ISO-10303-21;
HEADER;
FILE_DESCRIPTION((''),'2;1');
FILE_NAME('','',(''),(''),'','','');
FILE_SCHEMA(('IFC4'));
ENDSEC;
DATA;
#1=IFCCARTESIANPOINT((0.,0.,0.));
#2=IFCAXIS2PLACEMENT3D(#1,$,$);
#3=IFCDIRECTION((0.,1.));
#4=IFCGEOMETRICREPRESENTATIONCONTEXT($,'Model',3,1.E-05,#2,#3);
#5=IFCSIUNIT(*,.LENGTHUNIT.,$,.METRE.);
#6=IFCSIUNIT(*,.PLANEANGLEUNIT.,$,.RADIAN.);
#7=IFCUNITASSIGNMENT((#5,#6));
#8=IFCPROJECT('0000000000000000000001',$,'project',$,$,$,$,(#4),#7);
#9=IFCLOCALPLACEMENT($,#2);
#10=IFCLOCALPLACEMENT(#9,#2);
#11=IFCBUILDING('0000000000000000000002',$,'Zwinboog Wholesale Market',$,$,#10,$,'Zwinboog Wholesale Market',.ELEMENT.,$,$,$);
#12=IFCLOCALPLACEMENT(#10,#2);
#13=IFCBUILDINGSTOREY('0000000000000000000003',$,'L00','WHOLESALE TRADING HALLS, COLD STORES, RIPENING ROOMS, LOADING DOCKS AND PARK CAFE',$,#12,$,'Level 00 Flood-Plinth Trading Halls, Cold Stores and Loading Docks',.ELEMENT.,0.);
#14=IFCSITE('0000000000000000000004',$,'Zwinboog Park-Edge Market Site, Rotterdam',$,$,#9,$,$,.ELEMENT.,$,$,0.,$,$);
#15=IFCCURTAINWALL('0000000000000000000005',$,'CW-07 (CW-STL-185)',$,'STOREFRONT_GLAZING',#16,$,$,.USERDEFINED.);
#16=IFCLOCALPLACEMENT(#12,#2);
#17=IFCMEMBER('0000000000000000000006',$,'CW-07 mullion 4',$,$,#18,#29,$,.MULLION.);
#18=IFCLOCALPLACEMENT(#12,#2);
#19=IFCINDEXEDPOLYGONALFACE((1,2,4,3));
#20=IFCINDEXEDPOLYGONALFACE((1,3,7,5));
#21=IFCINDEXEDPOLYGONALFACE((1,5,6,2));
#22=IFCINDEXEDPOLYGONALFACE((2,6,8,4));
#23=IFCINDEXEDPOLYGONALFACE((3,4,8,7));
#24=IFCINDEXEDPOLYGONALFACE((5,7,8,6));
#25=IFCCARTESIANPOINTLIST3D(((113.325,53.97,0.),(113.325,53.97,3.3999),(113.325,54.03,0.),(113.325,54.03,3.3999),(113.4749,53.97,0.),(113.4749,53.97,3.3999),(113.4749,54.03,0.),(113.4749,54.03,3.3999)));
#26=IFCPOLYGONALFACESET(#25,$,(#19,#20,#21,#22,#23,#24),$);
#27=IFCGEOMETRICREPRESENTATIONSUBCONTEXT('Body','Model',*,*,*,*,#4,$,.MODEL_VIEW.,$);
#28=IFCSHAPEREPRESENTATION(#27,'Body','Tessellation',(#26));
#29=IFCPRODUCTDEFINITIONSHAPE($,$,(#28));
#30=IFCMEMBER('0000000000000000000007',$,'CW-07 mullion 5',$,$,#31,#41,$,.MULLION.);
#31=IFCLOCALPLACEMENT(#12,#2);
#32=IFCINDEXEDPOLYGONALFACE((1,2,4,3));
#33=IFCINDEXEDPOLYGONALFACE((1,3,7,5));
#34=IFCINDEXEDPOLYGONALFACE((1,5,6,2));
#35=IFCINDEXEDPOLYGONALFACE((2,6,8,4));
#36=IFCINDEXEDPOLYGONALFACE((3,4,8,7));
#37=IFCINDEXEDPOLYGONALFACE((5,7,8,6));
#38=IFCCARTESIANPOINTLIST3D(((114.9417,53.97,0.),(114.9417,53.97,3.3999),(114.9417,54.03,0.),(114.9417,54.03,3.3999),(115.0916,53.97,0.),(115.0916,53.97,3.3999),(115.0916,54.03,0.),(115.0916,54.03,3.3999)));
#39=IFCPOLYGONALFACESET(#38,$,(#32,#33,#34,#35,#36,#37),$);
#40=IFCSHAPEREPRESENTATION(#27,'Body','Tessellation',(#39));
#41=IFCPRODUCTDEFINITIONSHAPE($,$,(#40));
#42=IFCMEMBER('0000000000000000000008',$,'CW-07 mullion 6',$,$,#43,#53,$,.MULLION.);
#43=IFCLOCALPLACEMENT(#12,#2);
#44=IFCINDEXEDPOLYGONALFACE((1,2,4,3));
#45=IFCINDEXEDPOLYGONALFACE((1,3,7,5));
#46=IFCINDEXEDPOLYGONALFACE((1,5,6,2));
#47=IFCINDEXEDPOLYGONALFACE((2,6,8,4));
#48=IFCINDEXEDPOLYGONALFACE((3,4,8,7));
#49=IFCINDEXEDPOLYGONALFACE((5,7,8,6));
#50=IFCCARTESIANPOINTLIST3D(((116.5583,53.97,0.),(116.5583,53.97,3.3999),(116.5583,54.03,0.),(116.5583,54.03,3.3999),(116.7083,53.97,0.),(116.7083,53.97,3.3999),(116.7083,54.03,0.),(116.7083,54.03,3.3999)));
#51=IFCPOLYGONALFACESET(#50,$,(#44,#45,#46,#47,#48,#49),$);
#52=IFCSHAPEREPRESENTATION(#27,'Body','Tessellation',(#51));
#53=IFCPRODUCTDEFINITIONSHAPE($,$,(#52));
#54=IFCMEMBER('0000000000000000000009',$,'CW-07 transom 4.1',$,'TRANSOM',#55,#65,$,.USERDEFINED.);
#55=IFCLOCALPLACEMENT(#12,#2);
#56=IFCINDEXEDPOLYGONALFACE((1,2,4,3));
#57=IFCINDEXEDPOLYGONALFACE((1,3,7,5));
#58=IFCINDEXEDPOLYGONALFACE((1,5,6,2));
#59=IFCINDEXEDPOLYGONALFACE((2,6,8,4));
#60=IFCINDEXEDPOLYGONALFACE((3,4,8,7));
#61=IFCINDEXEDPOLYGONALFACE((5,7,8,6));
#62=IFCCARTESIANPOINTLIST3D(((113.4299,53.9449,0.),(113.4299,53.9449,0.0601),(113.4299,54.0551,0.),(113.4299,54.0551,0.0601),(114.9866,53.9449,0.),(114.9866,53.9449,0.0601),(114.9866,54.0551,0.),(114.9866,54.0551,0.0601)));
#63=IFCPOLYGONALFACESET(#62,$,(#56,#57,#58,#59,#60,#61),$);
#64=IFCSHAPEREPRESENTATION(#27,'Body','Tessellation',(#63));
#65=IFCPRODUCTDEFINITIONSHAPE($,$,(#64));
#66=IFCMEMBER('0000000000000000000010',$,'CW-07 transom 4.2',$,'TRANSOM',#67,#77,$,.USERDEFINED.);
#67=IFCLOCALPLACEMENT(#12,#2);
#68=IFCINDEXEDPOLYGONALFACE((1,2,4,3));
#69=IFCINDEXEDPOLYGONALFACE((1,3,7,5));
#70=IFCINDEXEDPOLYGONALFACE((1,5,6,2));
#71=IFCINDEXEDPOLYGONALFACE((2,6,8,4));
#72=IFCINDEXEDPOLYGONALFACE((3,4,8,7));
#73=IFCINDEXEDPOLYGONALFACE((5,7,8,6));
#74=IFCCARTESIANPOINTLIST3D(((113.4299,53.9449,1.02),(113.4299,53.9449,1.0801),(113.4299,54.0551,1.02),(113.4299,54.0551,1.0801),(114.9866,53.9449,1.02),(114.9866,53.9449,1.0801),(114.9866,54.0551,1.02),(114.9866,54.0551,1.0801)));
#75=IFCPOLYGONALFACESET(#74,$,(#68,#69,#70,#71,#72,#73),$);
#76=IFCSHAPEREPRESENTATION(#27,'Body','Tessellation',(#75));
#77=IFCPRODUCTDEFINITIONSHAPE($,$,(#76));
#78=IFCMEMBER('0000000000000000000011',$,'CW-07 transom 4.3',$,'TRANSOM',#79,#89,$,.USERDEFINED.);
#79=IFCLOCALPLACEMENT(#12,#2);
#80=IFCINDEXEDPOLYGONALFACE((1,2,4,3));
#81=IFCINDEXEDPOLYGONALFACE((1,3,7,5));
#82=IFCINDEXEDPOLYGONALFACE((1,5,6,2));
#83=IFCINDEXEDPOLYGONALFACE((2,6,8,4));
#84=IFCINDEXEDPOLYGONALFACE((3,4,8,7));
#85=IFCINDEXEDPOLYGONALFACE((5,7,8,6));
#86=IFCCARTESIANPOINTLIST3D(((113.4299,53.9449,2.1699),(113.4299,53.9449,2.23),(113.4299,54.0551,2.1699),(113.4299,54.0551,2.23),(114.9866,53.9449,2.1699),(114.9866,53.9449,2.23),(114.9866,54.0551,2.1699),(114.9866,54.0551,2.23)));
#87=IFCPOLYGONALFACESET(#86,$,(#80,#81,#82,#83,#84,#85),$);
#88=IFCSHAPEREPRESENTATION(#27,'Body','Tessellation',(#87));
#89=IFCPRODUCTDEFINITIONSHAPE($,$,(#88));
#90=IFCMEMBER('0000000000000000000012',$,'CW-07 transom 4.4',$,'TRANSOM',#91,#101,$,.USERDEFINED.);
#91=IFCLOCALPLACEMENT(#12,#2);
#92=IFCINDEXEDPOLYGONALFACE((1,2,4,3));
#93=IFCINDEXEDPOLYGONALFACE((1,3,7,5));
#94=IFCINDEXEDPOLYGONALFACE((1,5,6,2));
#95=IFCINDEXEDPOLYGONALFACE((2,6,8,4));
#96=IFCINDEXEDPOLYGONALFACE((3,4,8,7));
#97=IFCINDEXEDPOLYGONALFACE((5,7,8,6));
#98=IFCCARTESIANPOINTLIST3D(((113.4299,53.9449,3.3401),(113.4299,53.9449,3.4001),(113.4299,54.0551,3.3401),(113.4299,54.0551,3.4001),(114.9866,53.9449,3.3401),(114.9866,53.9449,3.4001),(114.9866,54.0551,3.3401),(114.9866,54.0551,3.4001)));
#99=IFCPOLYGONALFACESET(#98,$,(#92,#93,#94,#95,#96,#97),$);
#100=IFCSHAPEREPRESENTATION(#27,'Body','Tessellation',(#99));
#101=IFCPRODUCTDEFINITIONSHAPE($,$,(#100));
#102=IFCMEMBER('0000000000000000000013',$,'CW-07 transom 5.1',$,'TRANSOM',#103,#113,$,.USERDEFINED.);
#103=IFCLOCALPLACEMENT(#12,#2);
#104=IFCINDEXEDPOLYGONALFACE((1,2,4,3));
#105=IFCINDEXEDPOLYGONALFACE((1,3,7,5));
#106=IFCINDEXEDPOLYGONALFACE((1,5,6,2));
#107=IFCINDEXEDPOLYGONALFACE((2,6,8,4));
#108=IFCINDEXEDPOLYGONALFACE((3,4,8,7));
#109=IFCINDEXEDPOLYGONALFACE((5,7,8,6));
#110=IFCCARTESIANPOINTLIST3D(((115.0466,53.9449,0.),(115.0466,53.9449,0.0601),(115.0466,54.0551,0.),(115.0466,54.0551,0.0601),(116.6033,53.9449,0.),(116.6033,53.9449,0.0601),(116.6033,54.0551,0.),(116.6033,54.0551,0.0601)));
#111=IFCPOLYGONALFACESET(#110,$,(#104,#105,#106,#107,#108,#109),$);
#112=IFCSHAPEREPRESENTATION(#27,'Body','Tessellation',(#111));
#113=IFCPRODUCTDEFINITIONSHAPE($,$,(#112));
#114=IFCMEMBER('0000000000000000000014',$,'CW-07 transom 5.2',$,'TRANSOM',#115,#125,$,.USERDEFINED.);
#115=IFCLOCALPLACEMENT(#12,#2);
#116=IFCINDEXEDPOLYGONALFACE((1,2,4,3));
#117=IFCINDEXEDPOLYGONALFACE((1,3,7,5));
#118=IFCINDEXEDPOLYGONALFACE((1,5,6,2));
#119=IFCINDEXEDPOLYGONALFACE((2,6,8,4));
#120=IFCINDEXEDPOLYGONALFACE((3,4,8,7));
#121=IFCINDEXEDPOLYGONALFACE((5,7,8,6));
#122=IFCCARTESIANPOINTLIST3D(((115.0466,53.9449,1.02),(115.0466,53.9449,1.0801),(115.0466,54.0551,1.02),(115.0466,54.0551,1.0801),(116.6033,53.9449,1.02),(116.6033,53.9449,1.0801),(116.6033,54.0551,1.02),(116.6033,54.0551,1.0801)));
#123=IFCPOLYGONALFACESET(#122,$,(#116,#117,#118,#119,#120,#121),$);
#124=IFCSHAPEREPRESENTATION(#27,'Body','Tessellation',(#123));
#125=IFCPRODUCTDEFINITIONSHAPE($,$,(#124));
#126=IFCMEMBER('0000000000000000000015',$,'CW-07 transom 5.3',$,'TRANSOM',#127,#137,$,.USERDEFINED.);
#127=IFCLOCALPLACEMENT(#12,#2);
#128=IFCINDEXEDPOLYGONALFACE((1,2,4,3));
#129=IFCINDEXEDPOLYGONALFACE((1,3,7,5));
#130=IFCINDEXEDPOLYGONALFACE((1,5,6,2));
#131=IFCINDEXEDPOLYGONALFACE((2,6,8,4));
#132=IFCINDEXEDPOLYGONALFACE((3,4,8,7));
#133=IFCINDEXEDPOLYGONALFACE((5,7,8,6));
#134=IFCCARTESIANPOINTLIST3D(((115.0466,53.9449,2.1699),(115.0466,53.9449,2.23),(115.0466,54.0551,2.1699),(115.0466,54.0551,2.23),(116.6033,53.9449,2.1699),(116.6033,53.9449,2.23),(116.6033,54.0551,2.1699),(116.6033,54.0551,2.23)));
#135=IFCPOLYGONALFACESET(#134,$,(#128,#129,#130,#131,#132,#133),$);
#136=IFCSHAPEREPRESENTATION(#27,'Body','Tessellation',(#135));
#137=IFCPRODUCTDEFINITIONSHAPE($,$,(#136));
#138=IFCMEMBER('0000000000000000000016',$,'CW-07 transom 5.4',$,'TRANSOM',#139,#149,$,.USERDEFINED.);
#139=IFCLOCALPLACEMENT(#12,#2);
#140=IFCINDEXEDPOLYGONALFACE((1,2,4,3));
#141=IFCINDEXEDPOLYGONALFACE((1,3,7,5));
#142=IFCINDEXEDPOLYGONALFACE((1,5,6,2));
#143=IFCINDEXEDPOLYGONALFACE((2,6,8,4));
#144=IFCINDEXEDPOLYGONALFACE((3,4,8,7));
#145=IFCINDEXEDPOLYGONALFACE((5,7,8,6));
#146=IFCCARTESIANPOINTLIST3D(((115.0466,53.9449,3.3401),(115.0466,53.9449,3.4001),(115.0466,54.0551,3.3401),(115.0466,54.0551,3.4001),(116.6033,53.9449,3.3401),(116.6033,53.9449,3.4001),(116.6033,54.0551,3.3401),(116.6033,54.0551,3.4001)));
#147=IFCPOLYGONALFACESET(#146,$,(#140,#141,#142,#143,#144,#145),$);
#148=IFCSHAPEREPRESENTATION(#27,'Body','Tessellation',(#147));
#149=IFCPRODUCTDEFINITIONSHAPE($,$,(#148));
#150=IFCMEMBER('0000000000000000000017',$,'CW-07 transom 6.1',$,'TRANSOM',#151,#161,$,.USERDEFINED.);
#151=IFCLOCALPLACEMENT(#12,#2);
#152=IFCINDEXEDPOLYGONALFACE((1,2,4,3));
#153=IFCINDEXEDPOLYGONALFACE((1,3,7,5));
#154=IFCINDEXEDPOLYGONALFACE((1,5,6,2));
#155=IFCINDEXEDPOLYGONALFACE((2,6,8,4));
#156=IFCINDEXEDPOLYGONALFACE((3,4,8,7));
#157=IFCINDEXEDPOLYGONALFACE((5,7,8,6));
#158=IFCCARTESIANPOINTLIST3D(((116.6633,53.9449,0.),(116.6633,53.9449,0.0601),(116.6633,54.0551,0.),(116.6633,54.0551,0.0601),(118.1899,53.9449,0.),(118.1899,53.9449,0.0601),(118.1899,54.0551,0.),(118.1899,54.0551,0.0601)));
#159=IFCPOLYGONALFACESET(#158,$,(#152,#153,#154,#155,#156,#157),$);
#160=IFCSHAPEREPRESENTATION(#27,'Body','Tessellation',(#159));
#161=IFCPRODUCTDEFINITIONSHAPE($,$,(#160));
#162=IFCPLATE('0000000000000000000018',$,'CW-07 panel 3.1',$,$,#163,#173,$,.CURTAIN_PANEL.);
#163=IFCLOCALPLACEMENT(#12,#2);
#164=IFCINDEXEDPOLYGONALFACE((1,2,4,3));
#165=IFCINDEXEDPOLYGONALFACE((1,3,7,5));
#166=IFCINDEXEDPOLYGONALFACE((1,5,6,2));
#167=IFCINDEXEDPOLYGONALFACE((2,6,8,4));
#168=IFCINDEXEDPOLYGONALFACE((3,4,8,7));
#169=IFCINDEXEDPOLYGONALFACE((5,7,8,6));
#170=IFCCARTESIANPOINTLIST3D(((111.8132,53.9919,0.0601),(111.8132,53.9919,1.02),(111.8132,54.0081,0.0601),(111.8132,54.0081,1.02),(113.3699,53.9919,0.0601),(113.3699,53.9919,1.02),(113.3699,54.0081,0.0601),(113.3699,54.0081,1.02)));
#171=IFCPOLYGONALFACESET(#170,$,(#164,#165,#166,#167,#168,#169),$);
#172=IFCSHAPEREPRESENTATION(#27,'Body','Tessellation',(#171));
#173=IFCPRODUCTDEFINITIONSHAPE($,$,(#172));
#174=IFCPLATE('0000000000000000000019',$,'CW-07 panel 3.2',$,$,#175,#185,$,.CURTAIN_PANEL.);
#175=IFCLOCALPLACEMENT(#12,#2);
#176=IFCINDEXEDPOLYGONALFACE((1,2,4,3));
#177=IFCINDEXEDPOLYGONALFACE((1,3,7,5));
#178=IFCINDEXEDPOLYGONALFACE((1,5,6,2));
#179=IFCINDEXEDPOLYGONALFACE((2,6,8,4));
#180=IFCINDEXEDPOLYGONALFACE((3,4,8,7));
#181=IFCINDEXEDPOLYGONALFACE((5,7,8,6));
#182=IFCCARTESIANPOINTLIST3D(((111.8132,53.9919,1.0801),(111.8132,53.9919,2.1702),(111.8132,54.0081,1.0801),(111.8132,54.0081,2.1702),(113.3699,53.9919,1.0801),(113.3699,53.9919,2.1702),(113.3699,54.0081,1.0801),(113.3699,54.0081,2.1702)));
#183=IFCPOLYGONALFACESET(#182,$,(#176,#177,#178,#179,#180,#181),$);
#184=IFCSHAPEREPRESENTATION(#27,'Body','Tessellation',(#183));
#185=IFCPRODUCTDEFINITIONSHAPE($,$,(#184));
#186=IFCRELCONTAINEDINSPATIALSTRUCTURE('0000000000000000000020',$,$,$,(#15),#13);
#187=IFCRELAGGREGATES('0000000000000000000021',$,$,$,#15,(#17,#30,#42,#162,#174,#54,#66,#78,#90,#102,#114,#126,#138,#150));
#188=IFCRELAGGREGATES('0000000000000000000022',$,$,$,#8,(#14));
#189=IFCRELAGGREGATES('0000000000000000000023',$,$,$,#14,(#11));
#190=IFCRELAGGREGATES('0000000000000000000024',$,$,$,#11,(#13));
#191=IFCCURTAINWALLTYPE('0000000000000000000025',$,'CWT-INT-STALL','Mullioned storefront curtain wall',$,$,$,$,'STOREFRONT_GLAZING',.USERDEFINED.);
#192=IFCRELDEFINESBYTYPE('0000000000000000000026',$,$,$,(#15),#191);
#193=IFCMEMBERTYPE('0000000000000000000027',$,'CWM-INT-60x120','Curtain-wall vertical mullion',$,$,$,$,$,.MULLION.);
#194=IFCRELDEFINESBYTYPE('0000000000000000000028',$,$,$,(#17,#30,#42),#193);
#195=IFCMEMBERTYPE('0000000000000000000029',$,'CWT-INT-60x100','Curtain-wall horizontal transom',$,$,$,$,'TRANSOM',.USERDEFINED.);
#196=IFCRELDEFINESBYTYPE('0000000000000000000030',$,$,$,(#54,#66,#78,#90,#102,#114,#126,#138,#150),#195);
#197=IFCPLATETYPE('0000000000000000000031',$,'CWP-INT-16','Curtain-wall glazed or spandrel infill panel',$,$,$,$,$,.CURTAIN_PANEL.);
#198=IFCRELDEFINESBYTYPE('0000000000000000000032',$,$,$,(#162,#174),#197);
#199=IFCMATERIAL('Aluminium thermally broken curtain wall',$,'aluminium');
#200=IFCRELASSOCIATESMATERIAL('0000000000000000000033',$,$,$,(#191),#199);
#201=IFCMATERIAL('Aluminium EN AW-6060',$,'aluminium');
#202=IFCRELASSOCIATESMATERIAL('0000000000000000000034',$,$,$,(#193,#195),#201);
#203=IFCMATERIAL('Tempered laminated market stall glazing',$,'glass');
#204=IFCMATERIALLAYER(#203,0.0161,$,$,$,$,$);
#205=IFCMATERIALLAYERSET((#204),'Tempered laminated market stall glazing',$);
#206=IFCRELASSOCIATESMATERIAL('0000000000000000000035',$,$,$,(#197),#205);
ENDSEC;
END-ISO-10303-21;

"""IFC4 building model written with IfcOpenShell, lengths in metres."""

from ifc_helpers import new_model, si_unit, direction, frame, origin, origin_2d, place, context, subcontext, project, spatial, rectangle, extrude, material, layer, layer_set, material_profile, profile_set, type_object, element, aggregate, save


model = new_model("IFC4")

# Units and contexts
model_context = context("Model", 3, precision=1e-05, world=origin(), true_north=direction((0.0, 1.0)))
body_context = subcontext(model_context, "Body", "Model", "MODEL_VIEW")
ifc_project = project(units=[si_unit("LENGTHUNIT", "METRE"), si_unit("PLANEANGLEUNIT", "RADIAN")], contexts=[model_context])

# Site, building, storey
site_placement = place(None, origin())
site = spatial("IfcSite", under=ifc_project, at=site_placement, Name="Zwinboog Park-Edge Market Site, Rotterdam", CompositionType="ELEMENT", RefElevation=0.0)
building_placement = place(site_placement, origin())
building = spatial("IfcBuilding", under=site, at=building_placement, Name="Zwinboog Wholesale Market", LongName="Zwinboog Wholesale Market", CompositionType="ELEMENT")
storey_placement = place(building_placement, origin())
storey = spatial("IfcBuildingStorey", under=building, at=storey_placement, Name="L00", Description="WHOLESALE TRADING HALLS, COLD STORES, RIPENING ROOMS, LOADING DOCKS AND PARK CAFE", LongName="Level 00 Flood-Plinth Trading Halls, Cold Stores and Loading Docks", CompositionType="ELEMENT", Elevation=0.0)

# Curtain wall, members, plates
ifc_material_1 = material(Name="Aluminium thermally broken curtain wall", Category="aluminium")
curtain_wall_type = type_object("IfcCurtainWallType", Name="CWT-INT-STALL", Description="Mullioned storefront curtain wall", ElementType="STOREFRONT_GLAZING", PredefinedType="USERDEFINED", material=ifc_material_1)
curtain_wall_placement = place(storey_placement, origin())
curtain_wall = element("IfcCurtainWall", 1, at=curtain_wall_placement, inside=storey, type_object=curtain_wall_type, Name="CW-07 (CW-STL-185)", ObjectType="STOREFRONT_GLAZING", PredefinedType="USERDEFINED")
ifc_material_2 = material(Name="Aluminium EN AW-6060", Category="aluminium")
ifc_material_profile_1 = material_profile(ifc_material_2, rectangle(XDim=0.0601, YDim=0.1499, at=origin_2d()), Name="AL 60x150")
ifc_profile_set_1 = profile_set([ifc_material_profile_1], Name="Aluminium EN AW-6060")
member_type_1 = type_object("IfcMemberType", Name="CWM-INT-60x120", Description="Curtain-wall vertical mullion", PredefinedType="MULLION", material=ifc_profile_set_1)
member_1_placement = place(storey_placement, frame((113.3999, 54.0, 0.0), z_axis=(0.0, 0.0, 1.0), x_axis=(0.0, 1.0, 0.0)))
member_1 = element("IfcMember", 2, at=member_1_placement, type_object=member_type_1, Name="CW-07 mullion 4", PredefinedType="MULLION", context=body_context, shape_type="SweptSolid", body=[
    extrude(rectangle(XDim=0.0601, YDim=0.1499, at=origin_2d()), origin(), (0.0, 0.0, 1.0), 3.3999),
])
member_2_placement = place(storey_placement, frame((115.0166, 54.0, 0.0), z_axis=(0.0, 0.0, 1.0), x_axis=(0.0, 1.0, 0.0)))
member_2 = element("IfcMember", 3, at=member_2_placement, type_object=member_type_1, Name="CW-07 mullion 5", PredefinedType="MULLION", context=body_context, shape_type="SweptSolid", body=[
    extrude(rectangle(XDim=0.0601, YDim=0.1499, at=origin_2d()), origin(), (0.0, 0.0, 1.0), 3.3999),
])
member_3_placement = place(storey_placement, frame((116.6333, 54.0, 0.0), z_axis=(0.0, 0.0, 1.0), x_axis=(0.0, 1.0, 0.0)))
member_3 = element("IfcMember", 4, at=member_3_placement, type_object=member_type_1, Name="CW-07 mullion 6", PredefinedType="MULLION", context=body_context, shape_type="SweptSolid", body=[
    extrude(rectangle(XDim=0.0601, YDim=0.1499, at=origin_2d()), origin(), (0.0, 0.0, 1.0), 3.3999),
])
ifc_material_profile_2 = material_profile(ifc_material_2, rectangle(XDim=0.1101, YDim=0.0601, at=origin_2d()), Name="AL 60x110")
ifc_profile_set_2 = profile_set([ifc_material_profile_2], Name="Aluminium EN AW-6060")
member_type_2 = type_object("IfcMemberType", Name="CWT-INT-60x100", Description="Curtain-wall horizontal transom", ElementType="TRANSOM", PredefinedType="USERDEFINED", material=ifc_profile_set_2)
member_4_placement = place(storey_placement, frame((113.4299, 54.0, 0.03), z_axis=(1.0, 0.0, 0.0), x_axis=(0.0, 1.0, 0.0)))
member_4 = element("IfcMember", 5, at=member_4_placement, type_object=member_type_2, Name="CW-07 transom 4.1", ObjectType="TRANSOM", PredefinedType="USERDEFINED", context=body_context, shape_type="SweptSolid", body=[
    extrude(rectangle(XDim=0.1101, YDim=0.0601, at=origin_2d()), origin(), (0.0, 0.0, 1.0), 1.5566),
])
member_5_placement = place(storey_placement, frame((113.4299, 54.0, 1.05), z_axis=(1.0, 0.0, 0.0), x_axis=(0.0, 1.0, 0.0)))
member_5 = element("IfcMember", 6, at=member_5_placement, type_object=member_type_2, Name="CW-07 transom 4.2", ObjectType="TRANSOM", PredefinedType="USERDEFINED", context=body_context, shape_type="SweptSolid", body=[
    extrude(rectangle(XDim=0.1101, YDim=0.0601, at=origin_2d()), origin(), (0.0, 0.0, 1.0), 1.5566),
])
member_6_placement = place(storey_placement, frame((113.4299, 54.0, 2.2), z_axis=(1.0, 0.0, 0.0), x_axis=(0.0, 1.0, 0.0)))
member_6 = element("IfcMember", 7, at=member_6_placement, type_object=member_type_2, Name="CW-07 transom 4.3", ObjectType="TRANSOM", PredefinedType="USERDEFINED", context=body_context, shape_type="SweptSolid", body=[
    extrude(rectangle(XDim=0.1101, YDim=0.0601, at=origin_2d()), origin(), (0.0, 0.0, 1.0), 1.5566),
])
member_7_placement = place(storey_placement, frame((113.4299, 54.0, 3.3701), z_axis=(1.0, 0.0, 0.0), x_axis=(0.0, 1.0, 0.0)))
member_7 = element("IfcMember", 8, at=member_7_placement, type_object=member_type_2, Name="CW-07 transom 4.4", ObjectType="TRANSOM", PredefinedType="USERDEFINED", context=body_context, shape_type="SweptSolid", body=[
    extrude(rectangle(XDim=0.1101, YDim=0.0601, at=origin_2d()), origin(), (0.0, 0.0, 1.0), 1.5566),
])
member_8_placement = place(storey_placement, frame((115.0466, 54.0, 0.03), z_axis=(1.0, 0.0, 0.0), x_axis=(0.0, 1.0, 0.0)))
member_8 = element("IfcMember", 9, at=member_8_placement, type_object=member_type_2, Name="CW-07 transom 5.1", ObjectType="TRANSOM", PredefinedType="USERDEFINED", context=body_context, shape_type="SweptSolid", body=[
    extrude(rectangle(XDim=0.1101, YDim=0.0601, at=origin_2d()), origin(), (0.0, 0.0, 1.0), 1.5566),
])
member_9_placement = place(storey_placement, frame((115.0466, 54.0, 1.05), z_axis=(1.0, 0.0, 0.0), x_axis=(0.0, 1.0, 0.0)))
member_9 = element("IfcMember", 10, at=member_9_placement, type_object=member_type_2, Name="CW-07 transom 5.2", ObjectType="TRANSOM", PredefinedType="USERDEFINED", context=body_context, shape_type="SweptSolid", body=[
    extrude(rectangle(XDim=0.1101, YDim=0.0601, at=origin_2d()), origin(), (0.0, 0.0, 1.0), 1.5566),
])
member_10_placement = place(storey_placement, frame((115.0466, 54.0, 2.2), z_axis=(1.0, 0.0, 0.0), x_axis=(0.0, 1.0, 0.0)))
member_10 = element("IfcMember", 11, at=member_10_placement, type_object=member_type_2, Name="CW-07 transom 5.3", ObjectType="TRANSOM", PredefinedType="USERDEFINED", context=body_context, shape_type="SweptSolid", body=[
    extrude(rectangle(XDim=0.1101, YDim=0.0601, at=origin_2d()), origin(), (0.0, 0.0, 1.0), 1.5566),
])
member_11_placement = place(storey_placement, frame((115.0466, 54.0, 3.3701), z_axis=(1.0, 0.0, 0.0), x_axis=(0.0, 1.0, 0.0)))
member_11 = element("IfcMember", 12, at=member_11_placement, type_object=member_type_2, Name="CW-07 transom 5.4", ObjectType="TRANSOM", PredefinedType="USERDEFINED", context=body_context, shape_type="SweptSolid", body=[
    extrude(rectangle(XDim=0.1101, YDim=0.0601, at=origin_2d()), origin(), (0.0, 0.0, 1.0), 1.5566),
])
member_12_placement = place(storey_placement, frame((116.6633, 54.0, 0.03), z_axis=(1.0, 0.0, 0.0), x_axis=(0.0, 1.0, 0.0)))
member_12 = element("IfcMember", 13, at=member_12_placement, type_object=member_type_2, Name="CW-07 transom 6.1", ObjectType="TRANSOM", PredefinedType="USERDEFINED", context=body_context, shape_type="SweptSolid", body=[
    extrude(rectangle(XDim=0.1101, YDim=0.0601, at=origin_2d()), origin(), (0.0, 0.0, 1.0), 1.5266),
])
ifc_material_3 = material(Name="Tempered laminated market stall glazing", Category="glass")
ifc_layer = layer(ifc_material_3, 0.0161)
ifc_layer_set = layer_set([ifc_layer], Name="Tempered laminated market stall glazing")
plate_type = type_object("IfcPlateType", Name="CWP-INT-16", Description="Curtain-wall glazed or spandrel infill panel", PredefinedType="CURTAIN_PANEL", material=ifc_layer_set)
plate_1_placement = place(storey_placement, frame((112.5916, 54.0, 0.0601), z_axis=(0.0, 0.0, 1.0), x_axis=(1.0, 0.0, 0.0)))
plate_1 = element("IfcPlate", 14, at=plate_1_placement, type_object=plate_type, Name="CW-07 panel 3.1", PredefinedType="CURTAIN_PANEL", context=body_context, shape_type="SweptSolid", body=[
    extrude(rectangle(XDim=1.5566, YDim=0.0161, at=origin_2d()), origin(), (0.0, 0.0, 1.0), 0.96),
])
plate_2_placement = place(storey_placement, frame((112.5916, 54.0, 1.0801), z_axis=(0.0, 0.0, 1.0), x_axis=(1.0, 0.0, 0.0)))
plate_2 = element("IfcPlate", 15, at=plate_2_placement, type_object=plate_type, Name="CW-07 panel 3.2", PredefinedType="CURTAIN_PANEL", context=body_context, shape_type="SweptSolid", body=[
    extrude(rectangle(XDim=1.5566, YDim=0.0161, at=origin_2d()), origin(), (0.0, 0.0, 1.0), 1.0901),
])
aggregate(curtain_wall, [member_1, member_2, member_3, plate_1, plate_2, member_4, member_5, member_6, member_7, member_8, member_9, member_10, member_11, member_12])

save(model, "model.ifc")
